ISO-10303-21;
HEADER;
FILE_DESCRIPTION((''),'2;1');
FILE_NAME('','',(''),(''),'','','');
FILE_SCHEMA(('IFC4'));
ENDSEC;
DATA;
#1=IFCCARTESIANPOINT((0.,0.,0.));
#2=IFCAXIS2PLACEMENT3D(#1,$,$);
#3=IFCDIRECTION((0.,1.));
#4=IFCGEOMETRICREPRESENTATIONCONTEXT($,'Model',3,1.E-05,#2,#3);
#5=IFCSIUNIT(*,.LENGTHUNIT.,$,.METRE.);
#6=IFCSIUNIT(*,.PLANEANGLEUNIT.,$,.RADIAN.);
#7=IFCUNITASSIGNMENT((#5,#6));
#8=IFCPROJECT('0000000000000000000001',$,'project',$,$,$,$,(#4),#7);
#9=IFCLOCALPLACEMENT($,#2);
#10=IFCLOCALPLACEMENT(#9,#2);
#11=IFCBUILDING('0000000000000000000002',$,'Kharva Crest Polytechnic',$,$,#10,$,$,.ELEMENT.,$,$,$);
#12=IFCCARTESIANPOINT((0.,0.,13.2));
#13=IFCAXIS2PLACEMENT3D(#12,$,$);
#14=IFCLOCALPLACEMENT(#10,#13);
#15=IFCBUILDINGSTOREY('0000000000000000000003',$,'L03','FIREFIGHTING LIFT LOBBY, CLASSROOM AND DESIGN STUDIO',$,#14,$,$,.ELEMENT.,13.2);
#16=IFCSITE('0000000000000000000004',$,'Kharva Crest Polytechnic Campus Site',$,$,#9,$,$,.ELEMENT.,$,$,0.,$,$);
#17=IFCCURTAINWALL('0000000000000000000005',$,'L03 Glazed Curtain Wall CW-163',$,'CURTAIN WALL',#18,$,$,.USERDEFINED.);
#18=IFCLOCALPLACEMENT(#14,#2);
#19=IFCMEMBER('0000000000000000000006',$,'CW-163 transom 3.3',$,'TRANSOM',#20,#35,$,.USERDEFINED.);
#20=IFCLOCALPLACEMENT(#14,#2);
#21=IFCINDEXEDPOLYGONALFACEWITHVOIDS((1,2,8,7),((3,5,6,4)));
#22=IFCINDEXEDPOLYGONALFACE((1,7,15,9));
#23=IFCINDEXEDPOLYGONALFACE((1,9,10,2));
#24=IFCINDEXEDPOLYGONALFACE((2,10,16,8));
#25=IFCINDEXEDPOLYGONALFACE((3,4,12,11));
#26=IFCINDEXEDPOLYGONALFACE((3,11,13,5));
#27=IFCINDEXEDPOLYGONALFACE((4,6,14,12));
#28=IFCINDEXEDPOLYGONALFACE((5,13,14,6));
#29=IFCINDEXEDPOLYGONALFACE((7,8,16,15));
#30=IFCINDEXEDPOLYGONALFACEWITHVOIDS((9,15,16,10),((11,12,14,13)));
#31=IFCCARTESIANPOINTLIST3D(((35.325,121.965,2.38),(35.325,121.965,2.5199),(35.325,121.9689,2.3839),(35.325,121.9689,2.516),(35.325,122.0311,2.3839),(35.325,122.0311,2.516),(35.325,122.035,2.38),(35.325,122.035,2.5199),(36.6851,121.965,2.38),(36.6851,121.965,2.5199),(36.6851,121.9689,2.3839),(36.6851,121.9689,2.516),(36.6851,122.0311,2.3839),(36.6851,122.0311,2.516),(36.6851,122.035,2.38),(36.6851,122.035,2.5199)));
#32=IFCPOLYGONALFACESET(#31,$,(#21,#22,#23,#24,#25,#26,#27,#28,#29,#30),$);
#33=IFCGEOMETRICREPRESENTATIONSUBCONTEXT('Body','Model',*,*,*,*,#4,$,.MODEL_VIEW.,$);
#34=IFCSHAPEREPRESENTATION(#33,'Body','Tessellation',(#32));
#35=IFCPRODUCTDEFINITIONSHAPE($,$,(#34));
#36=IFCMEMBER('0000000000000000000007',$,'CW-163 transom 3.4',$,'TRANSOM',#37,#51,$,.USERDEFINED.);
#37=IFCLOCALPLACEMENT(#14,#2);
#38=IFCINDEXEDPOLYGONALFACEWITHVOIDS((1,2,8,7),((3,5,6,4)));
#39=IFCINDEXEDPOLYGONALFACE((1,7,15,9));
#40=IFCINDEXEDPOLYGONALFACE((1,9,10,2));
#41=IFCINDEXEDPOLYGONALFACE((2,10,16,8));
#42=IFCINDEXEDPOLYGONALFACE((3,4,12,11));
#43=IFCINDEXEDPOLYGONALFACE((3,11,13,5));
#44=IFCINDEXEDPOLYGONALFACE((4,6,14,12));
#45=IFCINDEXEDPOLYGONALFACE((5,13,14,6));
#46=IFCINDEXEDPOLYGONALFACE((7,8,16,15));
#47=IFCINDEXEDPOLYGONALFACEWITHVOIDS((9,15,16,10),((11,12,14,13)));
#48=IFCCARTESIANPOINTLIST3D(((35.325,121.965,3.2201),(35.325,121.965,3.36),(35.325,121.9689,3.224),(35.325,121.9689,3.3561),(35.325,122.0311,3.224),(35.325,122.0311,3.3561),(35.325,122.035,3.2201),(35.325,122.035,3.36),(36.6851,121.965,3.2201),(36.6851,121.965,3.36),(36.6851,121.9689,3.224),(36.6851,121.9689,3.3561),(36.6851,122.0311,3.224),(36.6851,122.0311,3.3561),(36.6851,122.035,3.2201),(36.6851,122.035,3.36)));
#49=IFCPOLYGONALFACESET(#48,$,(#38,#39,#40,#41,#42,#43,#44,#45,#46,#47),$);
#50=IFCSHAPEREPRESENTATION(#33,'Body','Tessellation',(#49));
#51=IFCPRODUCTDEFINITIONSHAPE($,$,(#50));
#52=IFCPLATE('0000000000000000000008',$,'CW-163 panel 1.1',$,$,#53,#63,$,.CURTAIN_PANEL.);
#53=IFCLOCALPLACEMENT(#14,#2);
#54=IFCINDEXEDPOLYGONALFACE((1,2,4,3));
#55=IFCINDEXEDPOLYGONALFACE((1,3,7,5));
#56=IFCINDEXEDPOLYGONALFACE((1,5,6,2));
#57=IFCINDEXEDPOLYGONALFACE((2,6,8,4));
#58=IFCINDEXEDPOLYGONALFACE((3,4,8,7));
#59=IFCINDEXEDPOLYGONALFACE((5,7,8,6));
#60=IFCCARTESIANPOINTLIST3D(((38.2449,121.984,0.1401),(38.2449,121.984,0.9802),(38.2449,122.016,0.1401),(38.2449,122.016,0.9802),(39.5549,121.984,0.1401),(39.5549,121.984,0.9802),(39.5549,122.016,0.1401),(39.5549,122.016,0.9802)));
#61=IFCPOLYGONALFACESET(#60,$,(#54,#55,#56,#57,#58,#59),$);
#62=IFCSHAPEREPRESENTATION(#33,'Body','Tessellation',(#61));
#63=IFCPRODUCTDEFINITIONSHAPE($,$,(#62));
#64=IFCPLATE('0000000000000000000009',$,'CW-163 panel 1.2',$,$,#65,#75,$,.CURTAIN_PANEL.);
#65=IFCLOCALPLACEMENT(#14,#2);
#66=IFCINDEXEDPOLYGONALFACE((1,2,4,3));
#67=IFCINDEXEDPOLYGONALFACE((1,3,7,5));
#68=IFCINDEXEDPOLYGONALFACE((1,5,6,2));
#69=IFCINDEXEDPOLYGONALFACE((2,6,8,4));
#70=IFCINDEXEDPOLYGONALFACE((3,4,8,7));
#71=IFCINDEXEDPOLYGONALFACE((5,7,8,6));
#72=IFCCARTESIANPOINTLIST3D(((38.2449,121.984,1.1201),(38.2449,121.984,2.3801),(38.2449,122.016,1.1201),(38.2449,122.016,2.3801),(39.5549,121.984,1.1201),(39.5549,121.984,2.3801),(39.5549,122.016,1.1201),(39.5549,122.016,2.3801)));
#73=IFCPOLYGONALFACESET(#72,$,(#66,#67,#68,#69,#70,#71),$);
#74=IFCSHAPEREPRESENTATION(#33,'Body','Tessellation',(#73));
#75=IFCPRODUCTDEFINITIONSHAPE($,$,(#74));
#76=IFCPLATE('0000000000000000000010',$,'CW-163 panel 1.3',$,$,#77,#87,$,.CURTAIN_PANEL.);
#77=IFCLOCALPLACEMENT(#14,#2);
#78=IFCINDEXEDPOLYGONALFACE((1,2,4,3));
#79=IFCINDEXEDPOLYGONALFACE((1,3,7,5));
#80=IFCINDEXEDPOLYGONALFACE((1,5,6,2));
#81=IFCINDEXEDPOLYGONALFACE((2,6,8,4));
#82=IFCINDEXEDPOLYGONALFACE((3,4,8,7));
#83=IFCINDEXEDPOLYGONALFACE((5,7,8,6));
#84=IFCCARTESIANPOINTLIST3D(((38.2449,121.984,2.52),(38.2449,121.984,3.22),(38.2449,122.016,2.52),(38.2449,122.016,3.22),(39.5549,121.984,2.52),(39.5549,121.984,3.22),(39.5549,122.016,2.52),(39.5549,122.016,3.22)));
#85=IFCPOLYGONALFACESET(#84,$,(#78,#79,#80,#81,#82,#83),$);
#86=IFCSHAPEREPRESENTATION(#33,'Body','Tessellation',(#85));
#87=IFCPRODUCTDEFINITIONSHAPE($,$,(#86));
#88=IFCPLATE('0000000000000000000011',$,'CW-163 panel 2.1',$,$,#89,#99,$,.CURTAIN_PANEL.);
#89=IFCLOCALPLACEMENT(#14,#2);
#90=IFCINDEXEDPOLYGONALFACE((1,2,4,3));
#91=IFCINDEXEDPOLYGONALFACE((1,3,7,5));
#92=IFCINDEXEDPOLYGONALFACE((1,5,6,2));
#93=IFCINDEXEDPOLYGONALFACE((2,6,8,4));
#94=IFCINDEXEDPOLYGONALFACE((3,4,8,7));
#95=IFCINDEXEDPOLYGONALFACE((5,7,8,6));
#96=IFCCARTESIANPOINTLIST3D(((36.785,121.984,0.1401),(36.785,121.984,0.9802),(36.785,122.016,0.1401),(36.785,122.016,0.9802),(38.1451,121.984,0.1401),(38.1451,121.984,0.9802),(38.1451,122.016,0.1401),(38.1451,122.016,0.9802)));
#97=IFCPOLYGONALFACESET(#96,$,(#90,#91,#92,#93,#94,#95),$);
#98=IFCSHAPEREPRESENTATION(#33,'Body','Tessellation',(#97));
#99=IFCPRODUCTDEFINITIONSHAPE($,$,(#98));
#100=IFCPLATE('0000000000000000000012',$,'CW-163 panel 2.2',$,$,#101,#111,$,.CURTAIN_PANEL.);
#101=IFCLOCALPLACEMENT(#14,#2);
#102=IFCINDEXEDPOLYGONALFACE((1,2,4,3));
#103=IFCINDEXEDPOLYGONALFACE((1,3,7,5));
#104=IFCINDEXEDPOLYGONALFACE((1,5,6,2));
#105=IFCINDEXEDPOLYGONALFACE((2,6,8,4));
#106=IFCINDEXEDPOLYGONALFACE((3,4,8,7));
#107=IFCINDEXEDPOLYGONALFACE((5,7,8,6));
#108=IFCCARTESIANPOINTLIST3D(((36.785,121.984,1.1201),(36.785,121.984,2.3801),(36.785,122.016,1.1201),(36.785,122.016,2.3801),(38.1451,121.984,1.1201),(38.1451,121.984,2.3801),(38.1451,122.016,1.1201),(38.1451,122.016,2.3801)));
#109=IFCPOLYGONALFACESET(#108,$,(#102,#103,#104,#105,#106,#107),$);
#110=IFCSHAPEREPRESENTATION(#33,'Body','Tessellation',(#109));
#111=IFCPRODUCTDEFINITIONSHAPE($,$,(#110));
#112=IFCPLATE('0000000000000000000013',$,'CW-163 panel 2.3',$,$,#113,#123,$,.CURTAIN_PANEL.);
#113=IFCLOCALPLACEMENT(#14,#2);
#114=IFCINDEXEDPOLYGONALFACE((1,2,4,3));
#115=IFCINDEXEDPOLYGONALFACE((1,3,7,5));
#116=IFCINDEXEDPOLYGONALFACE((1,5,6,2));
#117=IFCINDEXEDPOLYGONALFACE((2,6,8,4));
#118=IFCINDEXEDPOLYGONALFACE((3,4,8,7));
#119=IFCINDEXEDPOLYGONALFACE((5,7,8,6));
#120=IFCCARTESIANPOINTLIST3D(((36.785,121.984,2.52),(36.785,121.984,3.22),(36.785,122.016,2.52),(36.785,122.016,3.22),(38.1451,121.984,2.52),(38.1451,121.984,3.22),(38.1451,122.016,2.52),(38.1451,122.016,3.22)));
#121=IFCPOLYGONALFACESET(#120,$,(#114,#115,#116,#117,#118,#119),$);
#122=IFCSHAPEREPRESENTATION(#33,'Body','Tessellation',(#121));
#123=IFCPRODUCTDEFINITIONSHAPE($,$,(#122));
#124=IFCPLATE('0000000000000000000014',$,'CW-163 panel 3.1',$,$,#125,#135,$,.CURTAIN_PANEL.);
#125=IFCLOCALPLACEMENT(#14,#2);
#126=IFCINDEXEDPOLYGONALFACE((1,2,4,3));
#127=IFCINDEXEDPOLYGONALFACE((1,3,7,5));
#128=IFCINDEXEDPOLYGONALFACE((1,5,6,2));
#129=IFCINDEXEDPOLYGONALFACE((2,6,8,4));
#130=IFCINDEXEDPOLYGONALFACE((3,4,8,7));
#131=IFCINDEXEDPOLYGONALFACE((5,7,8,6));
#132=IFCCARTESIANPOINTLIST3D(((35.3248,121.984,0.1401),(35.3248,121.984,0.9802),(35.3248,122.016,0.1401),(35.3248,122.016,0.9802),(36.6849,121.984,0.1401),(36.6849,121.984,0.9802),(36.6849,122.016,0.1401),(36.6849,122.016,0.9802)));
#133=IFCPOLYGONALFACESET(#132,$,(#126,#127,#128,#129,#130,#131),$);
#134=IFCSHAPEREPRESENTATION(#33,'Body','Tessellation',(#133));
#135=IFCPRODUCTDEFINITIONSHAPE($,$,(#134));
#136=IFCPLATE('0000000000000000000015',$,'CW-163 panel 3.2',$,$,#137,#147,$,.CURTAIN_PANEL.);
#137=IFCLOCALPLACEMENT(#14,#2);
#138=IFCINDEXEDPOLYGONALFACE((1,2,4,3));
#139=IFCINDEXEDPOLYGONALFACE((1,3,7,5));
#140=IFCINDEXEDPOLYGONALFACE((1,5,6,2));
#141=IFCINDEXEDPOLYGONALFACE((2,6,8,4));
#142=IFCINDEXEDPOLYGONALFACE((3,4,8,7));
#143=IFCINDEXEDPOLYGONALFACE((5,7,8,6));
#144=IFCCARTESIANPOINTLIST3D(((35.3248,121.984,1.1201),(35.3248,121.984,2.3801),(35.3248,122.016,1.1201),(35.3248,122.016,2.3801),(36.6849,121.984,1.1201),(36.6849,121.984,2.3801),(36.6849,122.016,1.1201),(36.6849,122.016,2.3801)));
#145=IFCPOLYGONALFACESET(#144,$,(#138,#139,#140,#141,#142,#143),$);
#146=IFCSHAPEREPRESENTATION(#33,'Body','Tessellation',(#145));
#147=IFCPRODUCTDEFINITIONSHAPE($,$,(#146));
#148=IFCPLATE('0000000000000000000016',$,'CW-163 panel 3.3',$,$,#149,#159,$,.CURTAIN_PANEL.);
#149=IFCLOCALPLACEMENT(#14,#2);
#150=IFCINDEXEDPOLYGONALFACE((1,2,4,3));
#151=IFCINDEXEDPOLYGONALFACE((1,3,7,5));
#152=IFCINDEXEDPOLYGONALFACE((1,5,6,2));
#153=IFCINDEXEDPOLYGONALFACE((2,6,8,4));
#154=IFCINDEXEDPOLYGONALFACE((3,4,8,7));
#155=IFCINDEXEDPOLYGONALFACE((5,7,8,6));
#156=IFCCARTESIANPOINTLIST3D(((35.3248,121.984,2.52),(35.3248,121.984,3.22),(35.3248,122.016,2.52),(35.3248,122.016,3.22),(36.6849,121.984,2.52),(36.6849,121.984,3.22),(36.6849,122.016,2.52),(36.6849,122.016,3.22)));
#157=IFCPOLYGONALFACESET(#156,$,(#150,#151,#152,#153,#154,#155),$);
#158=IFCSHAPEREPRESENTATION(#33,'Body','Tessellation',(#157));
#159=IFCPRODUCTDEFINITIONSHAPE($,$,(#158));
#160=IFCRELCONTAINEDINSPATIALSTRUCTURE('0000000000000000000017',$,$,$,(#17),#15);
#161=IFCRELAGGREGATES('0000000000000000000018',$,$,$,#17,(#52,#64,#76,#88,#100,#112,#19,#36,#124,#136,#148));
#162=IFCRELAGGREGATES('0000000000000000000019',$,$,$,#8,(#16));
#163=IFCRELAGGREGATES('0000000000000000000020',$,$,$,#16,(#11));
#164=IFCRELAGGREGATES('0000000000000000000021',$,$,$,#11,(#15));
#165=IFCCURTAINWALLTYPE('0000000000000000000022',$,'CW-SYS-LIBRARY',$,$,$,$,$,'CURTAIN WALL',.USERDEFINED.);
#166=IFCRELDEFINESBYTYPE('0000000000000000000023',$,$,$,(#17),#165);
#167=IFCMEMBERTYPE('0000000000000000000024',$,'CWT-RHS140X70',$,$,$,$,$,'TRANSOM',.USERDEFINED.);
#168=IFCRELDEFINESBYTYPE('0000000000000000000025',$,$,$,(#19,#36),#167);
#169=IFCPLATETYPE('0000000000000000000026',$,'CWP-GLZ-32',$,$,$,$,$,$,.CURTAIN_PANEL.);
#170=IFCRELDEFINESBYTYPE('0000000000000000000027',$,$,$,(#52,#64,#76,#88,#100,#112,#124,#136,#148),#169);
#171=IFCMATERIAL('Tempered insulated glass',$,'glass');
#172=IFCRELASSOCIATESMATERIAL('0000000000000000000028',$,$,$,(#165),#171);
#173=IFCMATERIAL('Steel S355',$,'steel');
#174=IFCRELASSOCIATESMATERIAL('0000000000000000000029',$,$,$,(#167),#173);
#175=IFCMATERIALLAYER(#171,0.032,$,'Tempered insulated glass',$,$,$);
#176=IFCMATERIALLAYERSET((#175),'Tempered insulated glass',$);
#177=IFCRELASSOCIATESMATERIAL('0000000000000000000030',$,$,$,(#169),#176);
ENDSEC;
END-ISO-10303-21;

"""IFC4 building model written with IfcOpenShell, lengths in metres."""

from ifc_helpers import new_model, si_unit, direction, frame, origin, origin_2d, place, context, subcontext, project, spatial, rectangle, hollow_rectangle, extrude, material, layer, layer_set, material_profile, profile_set, type_object, element, aggregate, save


model = new_model("IFC4")

# Units and contexts
model_context = context("Model", 3, precision=1e-05, world=origin(), true_north=direction((0.0, 1.0)))
body_context = subcontext(model_context, "Body", "Model", "MODEL_VIEW")
ifc_project = project(units=[si_unit("LENGTHUNIT", "METRE"), si_unit("PLANEANGLEUNIT", "RADIAN")], contexts=[model_context])

# Site, building, storey
site_placement = place(None, origin())
site = spatial("IfcSite", under=ifc_project, at=site_placement, Name="Kharva Crest Polytechnic Campus Site", CompositionType="ELEMENT", RefElevation=0.0)
building_placement = place(site_placement, origin())
building = spatial("IfcBuilding", under=site, at=building_placement, Name="Kharva Crest Polytechnic", CompositionType="ELEMENT")
storey_placement = place(building_placement, frame((0.0, 0.0, 13.2)))
storey = spatial("IfcBuildingStorey", under=building, at=storey_placement, Name="L03", Description="FIREFIGHTING LIFT LOBBY, CLASSROOM AND DESIGN STUDIO", CompositionType="ELEMENT", Elevation=13.2)

# Curtain wall, members, plates
ifc_material_1 = material(Name="Tempered insulated glass", Category="glass")
curtain_wall_type = type_object("IfcCurtainWallType", Name="CW-SYS-LIBRARY", ElementType="CURTAIN WALL", PredefinedType="USERDEFINED", material=ifc_material_1)
curtain_wall_placement = place(storey_placement, origin())
curtain_wall = element("IfcCurtainWall", 1, at=curtain_wall_placement, inside=storey, type_object=curtain_wall_type, Name="L03 Glazed Curtain Wall CW-163", ObjectType="CURTAIN WALL", PredefinedType="USERDEFINED")
ifc_material_2 = material(Name="Steel S355", Category="steel")
ifc_material_profile_1 = material_profile(ifc_material_2, hollow_rectangle(XDim=0.0701, YDim=0.1399, WallThickness=0.0039, at=origin_2d()), Name="RHS 140X70X4.0")
ifc_profile_set_1 = profile_set([ifc_material_profile_1], Name="Steel S355")
member_type_1 = type_object("IfcMemberType", Name="CWT-RHS140X70", ElementType="TRANSOM", PredefinedType="USERDEFINED", material=ifc_profile_set_1)
member_1_placement = place(storey_placement, frame((36.6851, 122.0, 2.45), z_axis=(-1.0, 0.0, 0.0), x_axis=(0.0, -1.0, 0.0)))
member_1 = element("IfcMember", 2, at=member_1_placement, type_object=member_type_1, Name="CW-163 transom 3.3", ObjectType="TRANSOM", PredefinedType="USERDEFINED", context=body_context, shape_type="SweptSolid", body=[
    extrude(hollow_rectangle(XDim=0.0701, YDim=0.1399, WallThickness=0.0039, at=origin_2d()), origin(), (0.0, 0.0, 1.0), 1.3601),
])
member_2_placement = place(storey_placement, frame((36.6851, 122.0, 3.29), z_axis=(-1.0, 0.0, 0.0), x_axis=(0.0, -1.0, 0.0)))
member_2 = element("IfcMember", 3, at=member_2_placement, type_object=member_type_1, Name="CW-163 transom 3.4", ObjectType="TRANSOM", PredefinedType="USERDEFINED", context=body_context, shape_type="SweptSolid", body=[
    extrude(hollow_rectangle(XDim=0.0701, YDim=0.1399, WallThickness=0.0039, at=origin_2d()), origin(), (0.0, 0.0, 1.0), 1.3601),
])
ifc_layer = layer(ifc_material_1, 0.032, Name="Tempered insulated glass")
ifc_layer_set = layer_set([ifc_layer], Name="Tempered insulated glass")
plate_type = type_object("IfcPlateType", Name="CWP-GLZ-32", PredefinedType="CURTAIN_PANEL", material=ifc_layer_set)
plate_1_placement = place(storey_placement, frame((38.8999, 122.0, 0.1401), z_axis=(0.0, 0.0, 1.0), x_axis=(-1.0, 0.0, 0.0)))
plate_1 = element("IfcPlate", 4, at=plate_1_placement, type_object=plate_type, Name="CW-163 panel 1.1", PredefinedType="CURTAIN_PANEL", context=body_context, shape_type="SweptSolid", body=[
    extrude(rectangle(XDim=1.3101, YDim=0.032, at=origin_2d()), origin(), (0.0, 0.0, 1.0), 0.8401),
])
plate_2_placement = place(storey_placement, frame((38.8999, 122.0, 1.1201), z_axis=(0.0, 0.0, 1.0), x_axis=(-1.0, 0.0, 0.0)))
plate_2 = element("IfcPlate", 5, at=plate_2_placement, type_object=plate_type, Name="CW-163 panel 1.2", PredefinedType="CURTAIN_PANEL", context=body_context, shape_type="SweptSolid", body=[
    extrude(rectangle(XDim=1.3101, YDim=0.032, at=origin_2d()), origin(), (0.0, 0.0, 1.0), 1.26),
])
plate_3_placement = place(storey_placement, frame((38.8999, 122.0, 2.52), z_axis=(0.0, 0.0, 1.0), x_axis=(-1.0, 0.0, 0.0)))
plate_3 = element("IfcPlate", 6, at=plate_3_placement, type_object=plate_type, Name="CW-163 panel 1.3", PredefinedType="CURTAIN_PANEL", context=body_context, shape_type="SweptSolid", body=[
    extrude(rectangle(XDim=1.3101, YDim=0.032, at=origin_2d()), origin(), (0.0, 0.0, 1.0), 0.7),
])
plate_4_placement = place(storey_placement, frame((37.4651, 122.0, 0.1401), z_axis=(0.0, 0.0, 1.0), x_axis=(-1.0, 0.0, 0.0)))
plate_4 = element("IfcPlate", 7, at=plate_4_placement, type_object=plate_type, Name="CW-163 panel 2.1", PredefinedType="CURTAIN_PANEL", context=body_context, shape_type="SweptSolid", body=[
    extrude(rectangle(XDim=1.3601, YDim=0.032, at=origin_2d()), origin(), (0.0, 0.0, 1.0), 0.8401),
])
plate_5_placement = place(storey_placement, frame((37.4651, 122.0, 1.1201), z_axis=(0.0, 0.0, 1.0), x_axis=(-1.0, 0.0, 0.0)))
plate_5 = element("IfcPlate", 8, at=plate_5_placement, type_object=plate_type, Name="CW-163 panel 2.2", PredefinedType="CURTAIN_PANEL", context=body_context, shape_type="SweptSolid", body=[
    extrude(rectangle(XDim=1.3601, YDim=0.032, at=origin_2d()), origin(), (0.0, 0.0, 1.0), 1.26),
])
plate_6_placement = place(storey_placement, frame((37.4651, 122.0, 2.52), z_axis=(0.0, 0.0, 1.0), x_axis=(-1.0, 0.0, 0.0)))
plate_6 = element("IfcPlate", 9, at=plate_6_placement, type_object=plate_type, Name="CW-163 panel 2.3", PredefinedType="CURTAIN_PANEL", context=body_context, shape_type="SweptSolid", body=[
    extrude(rectangle(XDim=1.3601, YDim=0.032, at=origin_2d()), origin(), (0.0, 0.0, 1.0), 0.7),
])
plate_7_placement = place(storey_placement, frame((36.0049, 122.0, 0.1401), z_axis=(0.0, 0.0, 1.0), x_axis=(-1.0, 0.0, 0.0)))
plate_7 = element("IfcPlate", 10, at=plate_7_placement, type_object=plate_type, Name="CW-163 panel 3.1", PredefinedType="CURTAIN_PANEL", context=body_context, shape_type="SweptSolid", body=[
    extrude(rectangle(XDim=1.3601, YDim=0.032, at=origin_2d()), origin(), (0.0, 0.0, 1.0), 0.8401),
])
plate_8_placement = place(storey_placement, frame((36.0049, 122.0, 1.1201), z_axis=(0.0, 0.0, 1.0), x_axis=(-1.0, 0.0, 0.0)))
plate_8 = element("IfcPlate", 11, at=plate_8_placement, type_object=plate_type, Name="CW-163 panel 3.2", PredefinedType="CURTAIN_PANEL", context=body_context, shape_type="SweptSolid", body=[
    extrude(rectangle(XDim=1.3601, YDim=0.032, at=origin_2d()), origin(), (0.0, 0.0, 1.0), 1.26),
])
plate_9_placement = place(storey_placement, frame((36.0049, 122.0, 2.52), z_axis=(0.0, 0.0, 1.0), x_axis=(-1.0, 0.0, 0.0)))
plate_9 = element("IfcPlate", 12, at=plate_9_placement, type_object=plate_type, Name="CW-163 panel 3.3", PredefinedType="CURTAIN_PANEL", context=body_context, shape_type="SweptSolid", body=[
    extrude(rectangle(XDim=1.3601, YDim=0.032, at=origin_2d()), origin(), (0.0, 0.0, 1.0), 0.7),
])
aggregate(curtain_wall, [plate_1, plate_2, plate_3, plate_4, plate_5, plate_6, member_1, member_2, plate_7, plate_8, plate_9])

save(model, "model.ifc")
